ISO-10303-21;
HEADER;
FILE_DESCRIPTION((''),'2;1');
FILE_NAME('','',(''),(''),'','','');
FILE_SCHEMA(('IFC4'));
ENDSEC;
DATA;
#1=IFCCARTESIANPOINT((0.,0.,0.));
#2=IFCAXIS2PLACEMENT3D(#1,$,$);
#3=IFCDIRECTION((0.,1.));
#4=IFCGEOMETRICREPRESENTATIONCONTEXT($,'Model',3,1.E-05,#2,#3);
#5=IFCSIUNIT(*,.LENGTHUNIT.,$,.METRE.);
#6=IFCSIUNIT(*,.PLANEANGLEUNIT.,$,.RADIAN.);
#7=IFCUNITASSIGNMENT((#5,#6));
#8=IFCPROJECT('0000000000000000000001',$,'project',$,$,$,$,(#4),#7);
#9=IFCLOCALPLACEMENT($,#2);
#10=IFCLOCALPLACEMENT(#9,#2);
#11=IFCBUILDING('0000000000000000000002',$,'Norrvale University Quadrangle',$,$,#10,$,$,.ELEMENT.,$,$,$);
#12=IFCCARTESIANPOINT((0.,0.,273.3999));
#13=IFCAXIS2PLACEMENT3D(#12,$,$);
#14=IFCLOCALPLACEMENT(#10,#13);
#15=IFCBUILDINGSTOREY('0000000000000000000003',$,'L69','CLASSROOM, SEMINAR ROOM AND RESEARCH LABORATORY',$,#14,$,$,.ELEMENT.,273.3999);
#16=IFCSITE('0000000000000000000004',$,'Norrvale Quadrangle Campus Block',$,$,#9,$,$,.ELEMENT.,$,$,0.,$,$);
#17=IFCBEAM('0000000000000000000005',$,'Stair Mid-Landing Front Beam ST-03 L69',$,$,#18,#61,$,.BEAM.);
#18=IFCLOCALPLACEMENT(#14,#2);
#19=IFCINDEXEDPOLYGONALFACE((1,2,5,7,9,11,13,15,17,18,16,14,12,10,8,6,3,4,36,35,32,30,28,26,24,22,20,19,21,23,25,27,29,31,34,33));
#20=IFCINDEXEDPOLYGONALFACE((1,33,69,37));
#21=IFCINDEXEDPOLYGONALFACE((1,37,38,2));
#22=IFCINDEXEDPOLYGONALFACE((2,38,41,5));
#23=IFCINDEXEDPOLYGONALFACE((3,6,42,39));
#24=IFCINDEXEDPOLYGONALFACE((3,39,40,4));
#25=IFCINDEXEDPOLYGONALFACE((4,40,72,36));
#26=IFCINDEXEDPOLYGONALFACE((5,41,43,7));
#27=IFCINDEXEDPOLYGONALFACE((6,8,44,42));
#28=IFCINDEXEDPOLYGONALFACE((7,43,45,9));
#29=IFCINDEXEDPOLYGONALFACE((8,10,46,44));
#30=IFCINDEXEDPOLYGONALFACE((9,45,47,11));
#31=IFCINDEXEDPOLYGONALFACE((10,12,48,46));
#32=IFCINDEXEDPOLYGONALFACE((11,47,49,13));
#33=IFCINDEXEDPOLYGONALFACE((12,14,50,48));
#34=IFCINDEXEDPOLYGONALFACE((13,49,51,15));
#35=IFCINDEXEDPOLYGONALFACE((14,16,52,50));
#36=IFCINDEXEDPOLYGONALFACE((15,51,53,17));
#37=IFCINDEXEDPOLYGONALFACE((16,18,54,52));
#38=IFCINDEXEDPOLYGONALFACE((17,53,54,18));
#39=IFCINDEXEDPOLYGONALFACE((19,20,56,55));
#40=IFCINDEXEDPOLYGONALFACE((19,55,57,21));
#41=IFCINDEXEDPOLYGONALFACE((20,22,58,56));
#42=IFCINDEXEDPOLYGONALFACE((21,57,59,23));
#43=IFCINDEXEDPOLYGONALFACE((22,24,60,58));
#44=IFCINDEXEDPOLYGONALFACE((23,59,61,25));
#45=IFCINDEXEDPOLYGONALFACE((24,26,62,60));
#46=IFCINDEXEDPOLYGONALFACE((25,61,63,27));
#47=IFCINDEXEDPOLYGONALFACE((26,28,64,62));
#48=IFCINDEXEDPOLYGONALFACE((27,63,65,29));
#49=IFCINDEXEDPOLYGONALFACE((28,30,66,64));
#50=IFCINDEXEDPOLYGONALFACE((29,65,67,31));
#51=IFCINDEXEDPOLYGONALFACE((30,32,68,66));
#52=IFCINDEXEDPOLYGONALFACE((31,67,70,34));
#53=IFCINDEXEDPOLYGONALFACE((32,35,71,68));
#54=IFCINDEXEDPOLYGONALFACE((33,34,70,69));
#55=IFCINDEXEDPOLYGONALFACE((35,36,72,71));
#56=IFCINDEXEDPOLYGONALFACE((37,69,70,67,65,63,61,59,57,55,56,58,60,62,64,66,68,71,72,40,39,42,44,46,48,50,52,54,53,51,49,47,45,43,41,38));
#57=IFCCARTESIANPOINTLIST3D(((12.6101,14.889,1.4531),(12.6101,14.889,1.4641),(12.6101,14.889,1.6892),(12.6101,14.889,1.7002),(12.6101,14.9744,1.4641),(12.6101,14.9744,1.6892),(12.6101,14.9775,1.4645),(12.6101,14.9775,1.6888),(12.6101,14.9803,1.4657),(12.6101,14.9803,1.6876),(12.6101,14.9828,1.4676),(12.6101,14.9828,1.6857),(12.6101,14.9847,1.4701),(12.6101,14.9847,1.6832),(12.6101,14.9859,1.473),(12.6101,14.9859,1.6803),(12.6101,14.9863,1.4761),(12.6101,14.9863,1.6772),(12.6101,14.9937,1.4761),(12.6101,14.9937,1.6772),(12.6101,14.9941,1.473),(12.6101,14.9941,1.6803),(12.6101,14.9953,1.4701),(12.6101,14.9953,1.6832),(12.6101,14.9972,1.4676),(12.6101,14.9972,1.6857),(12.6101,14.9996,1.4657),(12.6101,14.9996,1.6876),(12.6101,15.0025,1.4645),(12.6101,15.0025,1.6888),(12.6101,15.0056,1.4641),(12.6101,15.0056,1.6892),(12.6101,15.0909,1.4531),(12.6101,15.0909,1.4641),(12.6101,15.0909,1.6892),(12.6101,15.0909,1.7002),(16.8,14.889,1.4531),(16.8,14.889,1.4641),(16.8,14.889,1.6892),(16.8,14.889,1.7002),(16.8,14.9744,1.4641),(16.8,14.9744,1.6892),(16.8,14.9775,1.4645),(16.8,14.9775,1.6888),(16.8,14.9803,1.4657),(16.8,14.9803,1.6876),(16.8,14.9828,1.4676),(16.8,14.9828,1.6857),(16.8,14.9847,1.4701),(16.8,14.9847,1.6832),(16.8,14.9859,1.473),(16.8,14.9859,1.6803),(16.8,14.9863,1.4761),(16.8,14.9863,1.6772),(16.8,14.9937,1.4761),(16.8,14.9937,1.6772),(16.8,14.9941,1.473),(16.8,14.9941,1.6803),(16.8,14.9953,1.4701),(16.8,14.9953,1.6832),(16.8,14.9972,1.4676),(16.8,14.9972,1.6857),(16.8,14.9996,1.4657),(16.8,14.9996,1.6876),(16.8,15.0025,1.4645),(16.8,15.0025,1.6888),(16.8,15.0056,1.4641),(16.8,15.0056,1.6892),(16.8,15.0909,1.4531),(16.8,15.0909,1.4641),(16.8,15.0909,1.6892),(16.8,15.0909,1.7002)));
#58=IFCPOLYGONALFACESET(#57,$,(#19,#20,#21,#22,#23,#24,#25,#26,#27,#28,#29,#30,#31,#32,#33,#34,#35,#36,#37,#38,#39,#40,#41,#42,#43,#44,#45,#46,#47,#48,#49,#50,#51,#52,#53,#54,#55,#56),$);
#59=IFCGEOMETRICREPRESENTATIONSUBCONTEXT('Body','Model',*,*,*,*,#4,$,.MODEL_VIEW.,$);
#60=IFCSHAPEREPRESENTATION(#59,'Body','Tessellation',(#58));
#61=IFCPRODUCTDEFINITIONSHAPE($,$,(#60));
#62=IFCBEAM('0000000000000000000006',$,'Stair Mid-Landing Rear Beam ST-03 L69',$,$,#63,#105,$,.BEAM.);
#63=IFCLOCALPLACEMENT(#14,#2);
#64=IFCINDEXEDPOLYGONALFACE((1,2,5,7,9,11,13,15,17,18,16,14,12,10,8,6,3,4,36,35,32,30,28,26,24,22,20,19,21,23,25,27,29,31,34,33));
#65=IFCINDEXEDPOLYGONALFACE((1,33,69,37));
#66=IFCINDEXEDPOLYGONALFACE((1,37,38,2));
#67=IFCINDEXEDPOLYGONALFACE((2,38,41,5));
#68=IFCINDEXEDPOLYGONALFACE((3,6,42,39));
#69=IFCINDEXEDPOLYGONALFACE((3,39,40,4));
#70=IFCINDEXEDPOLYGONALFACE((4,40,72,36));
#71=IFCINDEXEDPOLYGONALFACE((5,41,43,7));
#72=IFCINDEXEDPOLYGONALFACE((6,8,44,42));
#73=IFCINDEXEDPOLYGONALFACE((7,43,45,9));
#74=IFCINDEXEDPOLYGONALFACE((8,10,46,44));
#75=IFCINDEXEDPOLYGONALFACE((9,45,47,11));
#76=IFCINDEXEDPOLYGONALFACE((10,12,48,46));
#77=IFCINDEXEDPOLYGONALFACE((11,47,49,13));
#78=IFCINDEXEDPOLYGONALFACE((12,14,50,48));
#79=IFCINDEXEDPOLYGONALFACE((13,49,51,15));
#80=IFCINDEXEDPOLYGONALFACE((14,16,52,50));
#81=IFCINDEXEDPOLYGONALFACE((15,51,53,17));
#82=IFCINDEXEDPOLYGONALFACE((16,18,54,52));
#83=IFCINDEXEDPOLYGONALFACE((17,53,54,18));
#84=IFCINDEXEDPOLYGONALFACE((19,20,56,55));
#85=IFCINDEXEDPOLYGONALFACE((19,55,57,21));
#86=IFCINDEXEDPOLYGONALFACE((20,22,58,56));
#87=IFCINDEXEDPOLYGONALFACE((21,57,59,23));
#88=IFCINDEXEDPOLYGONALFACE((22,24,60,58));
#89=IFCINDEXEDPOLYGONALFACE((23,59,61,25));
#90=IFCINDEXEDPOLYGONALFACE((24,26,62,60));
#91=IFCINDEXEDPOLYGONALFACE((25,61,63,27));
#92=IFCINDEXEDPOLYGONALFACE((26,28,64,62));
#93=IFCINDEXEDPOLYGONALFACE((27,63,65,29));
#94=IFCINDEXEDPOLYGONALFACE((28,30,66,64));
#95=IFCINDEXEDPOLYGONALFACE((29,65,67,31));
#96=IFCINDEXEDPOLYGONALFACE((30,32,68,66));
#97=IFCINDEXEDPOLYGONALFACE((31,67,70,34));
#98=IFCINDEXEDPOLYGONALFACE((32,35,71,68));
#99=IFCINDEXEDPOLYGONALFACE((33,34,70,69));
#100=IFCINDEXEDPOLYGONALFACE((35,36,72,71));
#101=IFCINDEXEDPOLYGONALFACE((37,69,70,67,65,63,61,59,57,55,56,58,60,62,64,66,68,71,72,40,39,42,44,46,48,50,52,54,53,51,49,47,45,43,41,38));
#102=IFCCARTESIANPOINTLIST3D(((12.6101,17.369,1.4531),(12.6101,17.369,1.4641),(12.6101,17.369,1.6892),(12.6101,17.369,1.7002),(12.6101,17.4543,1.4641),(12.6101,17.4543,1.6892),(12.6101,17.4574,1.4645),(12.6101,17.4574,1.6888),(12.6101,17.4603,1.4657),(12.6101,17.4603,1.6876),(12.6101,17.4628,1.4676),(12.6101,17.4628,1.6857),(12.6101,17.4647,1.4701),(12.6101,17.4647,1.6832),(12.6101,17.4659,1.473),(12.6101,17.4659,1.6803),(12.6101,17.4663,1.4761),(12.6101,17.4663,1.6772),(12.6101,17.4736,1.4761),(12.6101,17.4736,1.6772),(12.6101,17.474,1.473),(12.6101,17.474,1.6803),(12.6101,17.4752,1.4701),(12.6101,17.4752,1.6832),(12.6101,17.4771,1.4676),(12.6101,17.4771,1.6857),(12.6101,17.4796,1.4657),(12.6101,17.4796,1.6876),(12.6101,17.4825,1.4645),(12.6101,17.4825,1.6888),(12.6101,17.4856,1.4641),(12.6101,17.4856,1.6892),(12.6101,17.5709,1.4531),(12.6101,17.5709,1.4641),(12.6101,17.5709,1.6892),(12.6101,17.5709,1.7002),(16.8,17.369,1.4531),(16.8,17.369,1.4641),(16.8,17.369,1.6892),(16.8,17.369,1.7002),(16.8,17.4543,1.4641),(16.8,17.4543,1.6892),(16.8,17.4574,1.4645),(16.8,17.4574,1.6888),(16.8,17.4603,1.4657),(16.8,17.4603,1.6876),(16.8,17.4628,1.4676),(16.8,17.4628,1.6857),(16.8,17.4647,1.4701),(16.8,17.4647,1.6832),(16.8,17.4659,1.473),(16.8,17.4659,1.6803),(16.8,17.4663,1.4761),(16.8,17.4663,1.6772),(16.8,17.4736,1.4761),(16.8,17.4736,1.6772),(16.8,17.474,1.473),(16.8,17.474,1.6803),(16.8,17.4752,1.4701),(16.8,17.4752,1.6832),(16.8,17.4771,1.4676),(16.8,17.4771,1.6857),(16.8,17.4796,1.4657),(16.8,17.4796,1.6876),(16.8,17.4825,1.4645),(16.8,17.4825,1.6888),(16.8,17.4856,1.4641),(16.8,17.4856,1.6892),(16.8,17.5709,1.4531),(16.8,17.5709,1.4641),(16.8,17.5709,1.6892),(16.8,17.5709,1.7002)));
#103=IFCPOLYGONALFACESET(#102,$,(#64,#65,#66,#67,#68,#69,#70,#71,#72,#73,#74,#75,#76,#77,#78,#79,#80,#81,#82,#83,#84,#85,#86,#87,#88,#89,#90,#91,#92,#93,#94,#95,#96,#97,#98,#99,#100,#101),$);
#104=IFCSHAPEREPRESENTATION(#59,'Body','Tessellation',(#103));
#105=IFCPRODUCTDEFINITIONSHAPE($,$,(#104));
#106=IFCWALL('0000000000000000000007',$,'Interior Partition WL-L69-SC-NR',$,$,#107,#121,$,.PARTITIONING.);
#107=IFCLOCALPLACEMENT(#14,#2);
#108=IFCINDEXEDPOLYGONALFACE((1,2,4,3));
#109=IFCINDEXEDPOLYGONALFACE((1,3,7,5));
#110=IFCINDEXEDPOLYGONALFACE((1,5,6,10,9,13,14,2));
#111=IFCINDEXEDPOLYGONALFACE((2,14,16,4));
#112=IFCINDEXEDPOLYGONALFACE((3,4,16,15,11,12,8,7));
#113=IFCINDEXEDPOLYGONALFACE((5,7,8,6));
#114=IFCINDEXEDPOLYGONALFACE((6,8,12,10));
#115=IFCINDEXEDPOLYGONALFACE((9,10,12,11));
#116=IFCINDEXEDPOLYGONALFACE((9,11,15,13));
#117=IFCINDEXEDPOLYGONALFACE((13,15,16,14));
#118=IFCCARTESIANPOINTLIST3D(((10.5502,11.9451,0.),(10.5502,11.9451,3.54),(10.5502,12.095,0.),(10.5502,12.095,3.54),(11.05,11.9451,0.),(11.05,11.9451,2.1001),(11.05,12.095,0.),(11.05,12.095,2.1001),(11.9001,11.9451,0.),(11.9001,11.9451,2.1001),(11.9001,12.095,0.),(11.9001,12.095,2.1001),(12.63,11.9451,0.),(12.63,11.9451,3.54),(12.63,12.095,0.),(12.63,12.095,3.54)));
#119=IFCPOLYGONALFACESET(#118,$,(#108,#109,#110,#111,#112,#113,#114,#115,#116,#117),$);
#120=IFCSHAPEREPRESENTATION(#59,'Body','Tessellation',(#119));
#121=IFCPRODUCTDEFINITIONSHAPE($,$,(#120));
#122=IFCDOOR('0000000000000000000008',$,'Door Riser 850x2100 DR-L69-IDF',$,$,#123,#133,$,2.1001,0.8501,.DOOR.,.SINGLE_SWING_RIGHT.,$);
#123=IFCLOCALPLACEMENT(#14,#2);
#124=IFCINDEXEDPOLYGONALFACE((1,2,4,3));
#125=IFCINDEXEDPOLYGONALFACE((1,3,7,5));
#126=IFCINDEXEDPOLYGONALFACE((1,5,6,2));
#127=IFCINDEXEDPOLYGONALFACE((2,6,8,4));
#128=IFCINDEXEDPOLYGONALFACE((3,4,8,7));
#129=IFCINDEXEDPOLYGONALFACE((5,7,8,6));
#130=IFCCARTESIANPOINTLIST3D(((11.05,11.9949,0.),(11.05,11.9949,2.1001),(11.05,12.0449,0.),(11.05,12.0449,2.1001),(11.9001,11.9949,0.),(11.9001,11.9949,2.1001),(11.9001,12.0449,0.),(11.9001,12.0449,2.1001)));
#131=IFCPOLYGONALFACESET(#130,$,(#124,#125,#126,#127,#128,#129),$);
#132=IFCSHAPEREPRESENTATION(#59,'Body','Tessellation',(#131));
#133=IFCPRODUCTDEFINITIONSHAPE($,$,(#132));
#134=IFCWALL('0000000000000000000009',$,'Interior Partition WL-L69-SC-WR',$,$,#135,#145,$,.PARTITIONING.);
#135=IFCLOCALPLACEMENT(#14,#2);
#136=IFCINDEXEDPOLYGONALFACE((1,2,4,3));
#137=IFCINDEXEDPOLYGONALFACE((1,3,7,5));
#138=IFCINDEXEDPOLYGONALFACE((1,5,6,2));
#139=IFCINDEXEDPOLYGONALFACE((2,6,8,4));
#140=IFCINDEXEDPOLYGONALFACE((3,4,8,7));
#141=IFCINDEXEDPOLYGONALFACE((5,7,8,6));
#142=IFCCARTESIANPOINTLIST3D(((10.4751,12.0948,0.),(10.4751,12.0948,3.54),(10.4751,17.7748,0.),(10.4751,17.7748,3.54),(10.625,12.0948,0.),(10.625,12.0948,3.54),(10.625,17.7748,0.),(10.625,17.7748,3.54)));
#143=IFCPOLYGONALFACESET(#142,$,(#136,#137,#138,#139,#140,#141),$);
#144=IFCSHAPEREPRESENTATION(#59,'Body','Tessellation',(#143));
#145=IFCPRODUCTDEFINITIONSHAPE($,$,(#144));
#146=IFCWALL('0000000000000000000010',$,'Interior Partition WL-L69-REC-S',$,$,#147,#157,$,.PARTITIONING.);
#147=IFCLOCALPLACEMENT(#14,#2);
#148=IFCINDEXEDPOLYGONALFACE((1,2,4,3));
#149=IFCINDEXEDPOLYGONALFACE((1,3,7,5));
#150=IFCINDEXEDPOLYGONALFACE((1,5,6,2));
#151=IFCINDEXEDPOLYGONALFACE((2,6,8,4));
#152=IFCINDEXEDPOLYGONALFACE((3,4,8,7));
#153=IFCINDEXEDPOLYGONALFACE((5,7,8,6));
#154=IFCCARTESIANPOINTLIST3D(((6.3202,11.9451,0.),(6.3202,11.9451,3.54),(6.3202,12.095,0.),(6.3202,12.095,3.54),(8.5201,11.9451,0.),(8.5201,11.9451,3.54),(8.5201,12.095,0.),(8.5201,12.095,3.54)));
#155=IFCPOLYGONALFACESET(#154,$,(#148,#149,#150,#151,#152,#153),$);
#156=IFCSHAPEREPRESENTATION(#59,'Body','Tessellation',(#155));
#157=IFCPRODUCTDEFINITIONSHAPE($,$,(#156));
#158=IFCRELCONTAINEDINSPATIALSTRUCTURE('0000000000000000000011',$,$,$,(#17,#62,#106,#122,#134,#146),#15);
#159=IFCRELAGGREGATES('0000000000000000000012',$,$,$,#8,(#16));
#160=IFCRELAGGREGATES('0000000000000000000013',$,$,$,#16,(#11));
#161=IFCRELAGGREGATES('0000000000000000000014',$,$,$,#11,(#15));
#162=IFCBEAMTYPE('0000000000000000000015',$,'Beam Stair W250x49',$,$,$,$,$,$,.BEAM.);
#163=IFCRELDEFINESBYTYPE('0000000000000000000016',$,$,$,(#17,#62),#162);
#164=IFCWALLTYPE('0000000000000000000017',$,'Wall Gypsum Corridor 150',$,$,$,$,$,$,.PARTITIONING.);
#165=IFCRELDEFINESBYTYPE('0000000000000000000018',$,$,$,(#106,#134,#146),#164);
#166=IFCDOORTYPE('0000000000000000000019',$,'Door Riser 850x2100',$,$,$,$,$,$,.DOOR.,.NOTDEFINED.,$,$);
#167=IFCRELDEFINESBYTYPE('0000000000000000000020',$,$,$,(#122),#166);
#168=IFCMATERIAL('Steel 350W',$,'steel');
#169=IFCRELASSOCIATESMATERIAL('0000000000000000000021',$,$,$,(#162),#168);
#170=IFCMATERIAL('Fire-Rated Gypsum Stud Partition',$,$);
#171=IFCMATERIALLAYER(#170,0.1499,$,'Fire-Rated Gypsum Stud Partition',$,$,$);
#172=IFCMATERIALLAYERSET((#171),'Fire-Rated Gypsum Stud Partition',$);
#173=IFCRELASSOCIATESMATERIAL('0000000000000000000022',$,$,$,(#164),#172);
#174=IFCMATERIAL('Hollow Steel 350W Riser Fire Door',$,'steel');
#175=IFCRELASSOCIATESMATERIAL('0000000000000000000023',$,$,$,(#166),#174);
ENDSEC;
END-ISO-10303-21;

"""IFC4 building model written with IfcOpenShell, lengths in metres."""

from ifc_helpers import new_model, si_unit, direction, frame, frame_2d, origin, origin_2d, place, context, subcontext, project, spatial, rectangle, i_section, extrude, material, layer, layer_set, material_profile, profile_set, type_object, element, fill, save


model = new_model("IFC4")

# Units and contexts
model_context = context("Model", 3, precision=1e-05, world=origin(), true_north=direction((0.0, 1.0)))
body_context = subcontext(model_context, "Body", "Model", "MODEL_VIEW")
ifc_project = project(units=[si_unit("LENGTHUNIT", "METRE"), si_unit("PLANEANGLEUNIT", "RADIAN")], contexts=[model_context])

# Site, building, storey
site_placement = place(None, origin())
site = spatial("IfcSite", under=ifc_project, at=site_placement, Name="Norrvale Quadrangle Campus Block", CompositionType="ELEMENT", RefElevation=0.0)
building_placement = place(site_placement, origin())
building = spatial("IfcBuilding", under=site, at=building_placement, Name="Norrvale University Quadrangle", CompositionType="ELEMENT")
storey_placement = place(building_placement, frame((0.0, 0.0, 273.3999)))
storey = spatial("IfcBuildingStorey", under=building, at=storey_placement, Name="L69", Description="CLASSROOM, SEMINAR ROOM AND RESEARCH LABORATORY", CompositionType="ELEMENT", Elevation=273.3999)

# Beams
ifc_material_1 = material(Name="Steel 350W", Category="steel")
ifc_material_profile = material_profile(ifc_material_1, i_section(OverallWidth=0.2019, OverallDepth=0.2471, WebThickness=0.0073, FlangeThickness=0.011, FilletRadius=0.012, at=origin_2d()), Name="Steel 350W")
ifc_profile_set = profile_set([ifc_material_profile], Name="Steel 350W")
beam_type = type_object("IfcBeamType", Name="Beam Stair W250x49", PredefinedType="BEAM", material=ifc_profile_set)
for number, where, z_axis, x_axis, name in (
    (1, (12.6101, 14.99, 1.5767), (1.0, 0.0, 0.0), (0.0, 1.0, 0.0), "Stair Mid-Landing Front Beam ST-03 L69"),
    (2, (12.6101, 17.47, 1.5767), (1.0, 0.0, 0.0), (0.0, 1.0, 0.0), "Stair Mid-Landing Rear Beam ST-03 L69"),
):
    element("IfcBeam", number, at=place(storey_placement, frame(where, z_axis=z_axis, x_axis=x_axis)), inside=storey, type_object=beam_type, Name=name, PredefinedType="BEAM", context=body_context, shape_type="SweptSolid", body=[
        extrude(i_section(OverallWidth=0.2019, OverallDepth=0.2471, WebThickness=0.0073, FlangeThickness=0.011, FilletRadius=0.012, at=origin_2d()), origin(), (0.0, 0.0, 1.0), 4.1899),
    ])

# Wall, opening, door
ifc_material_2 = material(Name="Fire-Rated Gypsum Stud Partition")
ifc_layer_1 = layer(ifc_material_2, 0.1499, Name="Fire-Rated Gypsum Stud Partition")
ifc_layer_set_1 = layer_set([ifc_layer_1], Name="Fire-Rated Gypsum Stud Partition")
wall_type_1 = type_object("IfcWallType", Name="Wall Gypsum Corridor 150", PredefinedType="PARTITIONING", material=ifc_layer_set_1)
wall_1_placement = place(storey_placement, frame((10.55, 12.02, 0.0), z_axis=(0.0, 0.0, 1.0), x_axis=(1.0, 0.0, 0.0)))
wall_1 = element("IfcWall", 3, at=wall_1_placement, inside=storey, type_object=wall_type_1, Name="Interior Partition WL-L69-SC-NR", PredefinedType="PARTITIONING", context=body_context, shape_type="SweptSolid", body=[
    extrude(rectangle(XDim=2.0798, YDim=0.1499, at=frame_2d((1.04, 0.0))), origin(), (0.0, 0.0, 1.0), 3.54),
])
opening_1_placement = place(wall_1_placement, frame((0.5, 0.0, 0.0)))
opening_1 = element("IfcOpeningElement", 4, at=opening_1_placement, cuts=wall_1, PredefinedType="OPENING", context=body_context, shape_type="SweptSolid", body=[
    extrude(rectangle(XDim=0.8501, YDim=2.1001, at=frame_2d((0.425, 1.05))), frame((0.0, 0.0869, 0.0), z_axis=(0.0, -1.0, 0.0), x_axis=(1.0, 0.0, 0.0)), (0.0, 0.0, 1.0), 0.1738),
])
ifc_material_3 = material(Name="Hollow Steel 350W Riser Fire Door", Category="steel")
door_type_1 = type_object("IfcDoorType", Name="Door Riser 850x2100", OperationType="NOTDEFINED", PredefinedType="DOOR", material=ifc_material_3)
door_1_placement = place(opening_1_placement, origin())
door_1 = element("IfcDoor", 5, at=door_1_placement, inside=storey, type_object=door_type_1, Name="Door Riser 850x2100 DR-L69-IDF", OperationType="SINGLE_SWING_RIGHT", OverallHeight=2.1001, OverallWidth=0.8501, PredefinedType="DOOR", context=body_context, shape_type="SweptSolid", body=[
    extrude(rectangle(XDim=0.8501, YDim=2.1001, at=frame_2d((0.425, 1.05))), frame((0.0, 0.0249, 0.0), z_axis=(0.0, -1.0, 0.0), x_axis=(1.0, 0.0, 0.0)), (0.0, 0.0, 1.0), 0.05),
])
fill(opening_1, door_1)

# Walls
wall_2_placement = place(storey_placement, frame((10.55, 12.095, 0.0), z_axis=(0.0, 0.0, 1.0), x_axis=(0.0, 1.0, 0.0)))
element("IfcWall", 6, at=wall_2_placement, inside=storey, type_object=wall_type_1, Name="Interior Partition WL-L69-SC-WR", PredefinedType="PARTITIONING", context=body_context, shape_type="SweptSolid", body=[
    extrude(rectangle(XDim=5.6799, YDim=0.1499, at=frame_2d((2.8398, 0.0))), origin(), (0.0, 0.0, 1.0), 3.54),
])
wall_3_placement = place(storey_placement, frame((6.3201, 12.02, 0.0), z_axis=(0.0, 0.0, 1.0), x_axis=(1.0, 0.0, 0.0)))
element("IfcWall", 7, at=wall_3_placement, inside=storey, type_object=wall_type_1, Name="Interior Partition WL-L69-REC-S", PredefinedType="PARTITIONING", context=body_context, shape_type="SweptSolid", body=[
    extrude(rectangle(XDim=2.2, YDim=0.1499, at=frame_2d((1.1001, 0.0))), origin(), (0.0, 0.0, 1.0), 3.54),
])

save(model, "model.ifc")
